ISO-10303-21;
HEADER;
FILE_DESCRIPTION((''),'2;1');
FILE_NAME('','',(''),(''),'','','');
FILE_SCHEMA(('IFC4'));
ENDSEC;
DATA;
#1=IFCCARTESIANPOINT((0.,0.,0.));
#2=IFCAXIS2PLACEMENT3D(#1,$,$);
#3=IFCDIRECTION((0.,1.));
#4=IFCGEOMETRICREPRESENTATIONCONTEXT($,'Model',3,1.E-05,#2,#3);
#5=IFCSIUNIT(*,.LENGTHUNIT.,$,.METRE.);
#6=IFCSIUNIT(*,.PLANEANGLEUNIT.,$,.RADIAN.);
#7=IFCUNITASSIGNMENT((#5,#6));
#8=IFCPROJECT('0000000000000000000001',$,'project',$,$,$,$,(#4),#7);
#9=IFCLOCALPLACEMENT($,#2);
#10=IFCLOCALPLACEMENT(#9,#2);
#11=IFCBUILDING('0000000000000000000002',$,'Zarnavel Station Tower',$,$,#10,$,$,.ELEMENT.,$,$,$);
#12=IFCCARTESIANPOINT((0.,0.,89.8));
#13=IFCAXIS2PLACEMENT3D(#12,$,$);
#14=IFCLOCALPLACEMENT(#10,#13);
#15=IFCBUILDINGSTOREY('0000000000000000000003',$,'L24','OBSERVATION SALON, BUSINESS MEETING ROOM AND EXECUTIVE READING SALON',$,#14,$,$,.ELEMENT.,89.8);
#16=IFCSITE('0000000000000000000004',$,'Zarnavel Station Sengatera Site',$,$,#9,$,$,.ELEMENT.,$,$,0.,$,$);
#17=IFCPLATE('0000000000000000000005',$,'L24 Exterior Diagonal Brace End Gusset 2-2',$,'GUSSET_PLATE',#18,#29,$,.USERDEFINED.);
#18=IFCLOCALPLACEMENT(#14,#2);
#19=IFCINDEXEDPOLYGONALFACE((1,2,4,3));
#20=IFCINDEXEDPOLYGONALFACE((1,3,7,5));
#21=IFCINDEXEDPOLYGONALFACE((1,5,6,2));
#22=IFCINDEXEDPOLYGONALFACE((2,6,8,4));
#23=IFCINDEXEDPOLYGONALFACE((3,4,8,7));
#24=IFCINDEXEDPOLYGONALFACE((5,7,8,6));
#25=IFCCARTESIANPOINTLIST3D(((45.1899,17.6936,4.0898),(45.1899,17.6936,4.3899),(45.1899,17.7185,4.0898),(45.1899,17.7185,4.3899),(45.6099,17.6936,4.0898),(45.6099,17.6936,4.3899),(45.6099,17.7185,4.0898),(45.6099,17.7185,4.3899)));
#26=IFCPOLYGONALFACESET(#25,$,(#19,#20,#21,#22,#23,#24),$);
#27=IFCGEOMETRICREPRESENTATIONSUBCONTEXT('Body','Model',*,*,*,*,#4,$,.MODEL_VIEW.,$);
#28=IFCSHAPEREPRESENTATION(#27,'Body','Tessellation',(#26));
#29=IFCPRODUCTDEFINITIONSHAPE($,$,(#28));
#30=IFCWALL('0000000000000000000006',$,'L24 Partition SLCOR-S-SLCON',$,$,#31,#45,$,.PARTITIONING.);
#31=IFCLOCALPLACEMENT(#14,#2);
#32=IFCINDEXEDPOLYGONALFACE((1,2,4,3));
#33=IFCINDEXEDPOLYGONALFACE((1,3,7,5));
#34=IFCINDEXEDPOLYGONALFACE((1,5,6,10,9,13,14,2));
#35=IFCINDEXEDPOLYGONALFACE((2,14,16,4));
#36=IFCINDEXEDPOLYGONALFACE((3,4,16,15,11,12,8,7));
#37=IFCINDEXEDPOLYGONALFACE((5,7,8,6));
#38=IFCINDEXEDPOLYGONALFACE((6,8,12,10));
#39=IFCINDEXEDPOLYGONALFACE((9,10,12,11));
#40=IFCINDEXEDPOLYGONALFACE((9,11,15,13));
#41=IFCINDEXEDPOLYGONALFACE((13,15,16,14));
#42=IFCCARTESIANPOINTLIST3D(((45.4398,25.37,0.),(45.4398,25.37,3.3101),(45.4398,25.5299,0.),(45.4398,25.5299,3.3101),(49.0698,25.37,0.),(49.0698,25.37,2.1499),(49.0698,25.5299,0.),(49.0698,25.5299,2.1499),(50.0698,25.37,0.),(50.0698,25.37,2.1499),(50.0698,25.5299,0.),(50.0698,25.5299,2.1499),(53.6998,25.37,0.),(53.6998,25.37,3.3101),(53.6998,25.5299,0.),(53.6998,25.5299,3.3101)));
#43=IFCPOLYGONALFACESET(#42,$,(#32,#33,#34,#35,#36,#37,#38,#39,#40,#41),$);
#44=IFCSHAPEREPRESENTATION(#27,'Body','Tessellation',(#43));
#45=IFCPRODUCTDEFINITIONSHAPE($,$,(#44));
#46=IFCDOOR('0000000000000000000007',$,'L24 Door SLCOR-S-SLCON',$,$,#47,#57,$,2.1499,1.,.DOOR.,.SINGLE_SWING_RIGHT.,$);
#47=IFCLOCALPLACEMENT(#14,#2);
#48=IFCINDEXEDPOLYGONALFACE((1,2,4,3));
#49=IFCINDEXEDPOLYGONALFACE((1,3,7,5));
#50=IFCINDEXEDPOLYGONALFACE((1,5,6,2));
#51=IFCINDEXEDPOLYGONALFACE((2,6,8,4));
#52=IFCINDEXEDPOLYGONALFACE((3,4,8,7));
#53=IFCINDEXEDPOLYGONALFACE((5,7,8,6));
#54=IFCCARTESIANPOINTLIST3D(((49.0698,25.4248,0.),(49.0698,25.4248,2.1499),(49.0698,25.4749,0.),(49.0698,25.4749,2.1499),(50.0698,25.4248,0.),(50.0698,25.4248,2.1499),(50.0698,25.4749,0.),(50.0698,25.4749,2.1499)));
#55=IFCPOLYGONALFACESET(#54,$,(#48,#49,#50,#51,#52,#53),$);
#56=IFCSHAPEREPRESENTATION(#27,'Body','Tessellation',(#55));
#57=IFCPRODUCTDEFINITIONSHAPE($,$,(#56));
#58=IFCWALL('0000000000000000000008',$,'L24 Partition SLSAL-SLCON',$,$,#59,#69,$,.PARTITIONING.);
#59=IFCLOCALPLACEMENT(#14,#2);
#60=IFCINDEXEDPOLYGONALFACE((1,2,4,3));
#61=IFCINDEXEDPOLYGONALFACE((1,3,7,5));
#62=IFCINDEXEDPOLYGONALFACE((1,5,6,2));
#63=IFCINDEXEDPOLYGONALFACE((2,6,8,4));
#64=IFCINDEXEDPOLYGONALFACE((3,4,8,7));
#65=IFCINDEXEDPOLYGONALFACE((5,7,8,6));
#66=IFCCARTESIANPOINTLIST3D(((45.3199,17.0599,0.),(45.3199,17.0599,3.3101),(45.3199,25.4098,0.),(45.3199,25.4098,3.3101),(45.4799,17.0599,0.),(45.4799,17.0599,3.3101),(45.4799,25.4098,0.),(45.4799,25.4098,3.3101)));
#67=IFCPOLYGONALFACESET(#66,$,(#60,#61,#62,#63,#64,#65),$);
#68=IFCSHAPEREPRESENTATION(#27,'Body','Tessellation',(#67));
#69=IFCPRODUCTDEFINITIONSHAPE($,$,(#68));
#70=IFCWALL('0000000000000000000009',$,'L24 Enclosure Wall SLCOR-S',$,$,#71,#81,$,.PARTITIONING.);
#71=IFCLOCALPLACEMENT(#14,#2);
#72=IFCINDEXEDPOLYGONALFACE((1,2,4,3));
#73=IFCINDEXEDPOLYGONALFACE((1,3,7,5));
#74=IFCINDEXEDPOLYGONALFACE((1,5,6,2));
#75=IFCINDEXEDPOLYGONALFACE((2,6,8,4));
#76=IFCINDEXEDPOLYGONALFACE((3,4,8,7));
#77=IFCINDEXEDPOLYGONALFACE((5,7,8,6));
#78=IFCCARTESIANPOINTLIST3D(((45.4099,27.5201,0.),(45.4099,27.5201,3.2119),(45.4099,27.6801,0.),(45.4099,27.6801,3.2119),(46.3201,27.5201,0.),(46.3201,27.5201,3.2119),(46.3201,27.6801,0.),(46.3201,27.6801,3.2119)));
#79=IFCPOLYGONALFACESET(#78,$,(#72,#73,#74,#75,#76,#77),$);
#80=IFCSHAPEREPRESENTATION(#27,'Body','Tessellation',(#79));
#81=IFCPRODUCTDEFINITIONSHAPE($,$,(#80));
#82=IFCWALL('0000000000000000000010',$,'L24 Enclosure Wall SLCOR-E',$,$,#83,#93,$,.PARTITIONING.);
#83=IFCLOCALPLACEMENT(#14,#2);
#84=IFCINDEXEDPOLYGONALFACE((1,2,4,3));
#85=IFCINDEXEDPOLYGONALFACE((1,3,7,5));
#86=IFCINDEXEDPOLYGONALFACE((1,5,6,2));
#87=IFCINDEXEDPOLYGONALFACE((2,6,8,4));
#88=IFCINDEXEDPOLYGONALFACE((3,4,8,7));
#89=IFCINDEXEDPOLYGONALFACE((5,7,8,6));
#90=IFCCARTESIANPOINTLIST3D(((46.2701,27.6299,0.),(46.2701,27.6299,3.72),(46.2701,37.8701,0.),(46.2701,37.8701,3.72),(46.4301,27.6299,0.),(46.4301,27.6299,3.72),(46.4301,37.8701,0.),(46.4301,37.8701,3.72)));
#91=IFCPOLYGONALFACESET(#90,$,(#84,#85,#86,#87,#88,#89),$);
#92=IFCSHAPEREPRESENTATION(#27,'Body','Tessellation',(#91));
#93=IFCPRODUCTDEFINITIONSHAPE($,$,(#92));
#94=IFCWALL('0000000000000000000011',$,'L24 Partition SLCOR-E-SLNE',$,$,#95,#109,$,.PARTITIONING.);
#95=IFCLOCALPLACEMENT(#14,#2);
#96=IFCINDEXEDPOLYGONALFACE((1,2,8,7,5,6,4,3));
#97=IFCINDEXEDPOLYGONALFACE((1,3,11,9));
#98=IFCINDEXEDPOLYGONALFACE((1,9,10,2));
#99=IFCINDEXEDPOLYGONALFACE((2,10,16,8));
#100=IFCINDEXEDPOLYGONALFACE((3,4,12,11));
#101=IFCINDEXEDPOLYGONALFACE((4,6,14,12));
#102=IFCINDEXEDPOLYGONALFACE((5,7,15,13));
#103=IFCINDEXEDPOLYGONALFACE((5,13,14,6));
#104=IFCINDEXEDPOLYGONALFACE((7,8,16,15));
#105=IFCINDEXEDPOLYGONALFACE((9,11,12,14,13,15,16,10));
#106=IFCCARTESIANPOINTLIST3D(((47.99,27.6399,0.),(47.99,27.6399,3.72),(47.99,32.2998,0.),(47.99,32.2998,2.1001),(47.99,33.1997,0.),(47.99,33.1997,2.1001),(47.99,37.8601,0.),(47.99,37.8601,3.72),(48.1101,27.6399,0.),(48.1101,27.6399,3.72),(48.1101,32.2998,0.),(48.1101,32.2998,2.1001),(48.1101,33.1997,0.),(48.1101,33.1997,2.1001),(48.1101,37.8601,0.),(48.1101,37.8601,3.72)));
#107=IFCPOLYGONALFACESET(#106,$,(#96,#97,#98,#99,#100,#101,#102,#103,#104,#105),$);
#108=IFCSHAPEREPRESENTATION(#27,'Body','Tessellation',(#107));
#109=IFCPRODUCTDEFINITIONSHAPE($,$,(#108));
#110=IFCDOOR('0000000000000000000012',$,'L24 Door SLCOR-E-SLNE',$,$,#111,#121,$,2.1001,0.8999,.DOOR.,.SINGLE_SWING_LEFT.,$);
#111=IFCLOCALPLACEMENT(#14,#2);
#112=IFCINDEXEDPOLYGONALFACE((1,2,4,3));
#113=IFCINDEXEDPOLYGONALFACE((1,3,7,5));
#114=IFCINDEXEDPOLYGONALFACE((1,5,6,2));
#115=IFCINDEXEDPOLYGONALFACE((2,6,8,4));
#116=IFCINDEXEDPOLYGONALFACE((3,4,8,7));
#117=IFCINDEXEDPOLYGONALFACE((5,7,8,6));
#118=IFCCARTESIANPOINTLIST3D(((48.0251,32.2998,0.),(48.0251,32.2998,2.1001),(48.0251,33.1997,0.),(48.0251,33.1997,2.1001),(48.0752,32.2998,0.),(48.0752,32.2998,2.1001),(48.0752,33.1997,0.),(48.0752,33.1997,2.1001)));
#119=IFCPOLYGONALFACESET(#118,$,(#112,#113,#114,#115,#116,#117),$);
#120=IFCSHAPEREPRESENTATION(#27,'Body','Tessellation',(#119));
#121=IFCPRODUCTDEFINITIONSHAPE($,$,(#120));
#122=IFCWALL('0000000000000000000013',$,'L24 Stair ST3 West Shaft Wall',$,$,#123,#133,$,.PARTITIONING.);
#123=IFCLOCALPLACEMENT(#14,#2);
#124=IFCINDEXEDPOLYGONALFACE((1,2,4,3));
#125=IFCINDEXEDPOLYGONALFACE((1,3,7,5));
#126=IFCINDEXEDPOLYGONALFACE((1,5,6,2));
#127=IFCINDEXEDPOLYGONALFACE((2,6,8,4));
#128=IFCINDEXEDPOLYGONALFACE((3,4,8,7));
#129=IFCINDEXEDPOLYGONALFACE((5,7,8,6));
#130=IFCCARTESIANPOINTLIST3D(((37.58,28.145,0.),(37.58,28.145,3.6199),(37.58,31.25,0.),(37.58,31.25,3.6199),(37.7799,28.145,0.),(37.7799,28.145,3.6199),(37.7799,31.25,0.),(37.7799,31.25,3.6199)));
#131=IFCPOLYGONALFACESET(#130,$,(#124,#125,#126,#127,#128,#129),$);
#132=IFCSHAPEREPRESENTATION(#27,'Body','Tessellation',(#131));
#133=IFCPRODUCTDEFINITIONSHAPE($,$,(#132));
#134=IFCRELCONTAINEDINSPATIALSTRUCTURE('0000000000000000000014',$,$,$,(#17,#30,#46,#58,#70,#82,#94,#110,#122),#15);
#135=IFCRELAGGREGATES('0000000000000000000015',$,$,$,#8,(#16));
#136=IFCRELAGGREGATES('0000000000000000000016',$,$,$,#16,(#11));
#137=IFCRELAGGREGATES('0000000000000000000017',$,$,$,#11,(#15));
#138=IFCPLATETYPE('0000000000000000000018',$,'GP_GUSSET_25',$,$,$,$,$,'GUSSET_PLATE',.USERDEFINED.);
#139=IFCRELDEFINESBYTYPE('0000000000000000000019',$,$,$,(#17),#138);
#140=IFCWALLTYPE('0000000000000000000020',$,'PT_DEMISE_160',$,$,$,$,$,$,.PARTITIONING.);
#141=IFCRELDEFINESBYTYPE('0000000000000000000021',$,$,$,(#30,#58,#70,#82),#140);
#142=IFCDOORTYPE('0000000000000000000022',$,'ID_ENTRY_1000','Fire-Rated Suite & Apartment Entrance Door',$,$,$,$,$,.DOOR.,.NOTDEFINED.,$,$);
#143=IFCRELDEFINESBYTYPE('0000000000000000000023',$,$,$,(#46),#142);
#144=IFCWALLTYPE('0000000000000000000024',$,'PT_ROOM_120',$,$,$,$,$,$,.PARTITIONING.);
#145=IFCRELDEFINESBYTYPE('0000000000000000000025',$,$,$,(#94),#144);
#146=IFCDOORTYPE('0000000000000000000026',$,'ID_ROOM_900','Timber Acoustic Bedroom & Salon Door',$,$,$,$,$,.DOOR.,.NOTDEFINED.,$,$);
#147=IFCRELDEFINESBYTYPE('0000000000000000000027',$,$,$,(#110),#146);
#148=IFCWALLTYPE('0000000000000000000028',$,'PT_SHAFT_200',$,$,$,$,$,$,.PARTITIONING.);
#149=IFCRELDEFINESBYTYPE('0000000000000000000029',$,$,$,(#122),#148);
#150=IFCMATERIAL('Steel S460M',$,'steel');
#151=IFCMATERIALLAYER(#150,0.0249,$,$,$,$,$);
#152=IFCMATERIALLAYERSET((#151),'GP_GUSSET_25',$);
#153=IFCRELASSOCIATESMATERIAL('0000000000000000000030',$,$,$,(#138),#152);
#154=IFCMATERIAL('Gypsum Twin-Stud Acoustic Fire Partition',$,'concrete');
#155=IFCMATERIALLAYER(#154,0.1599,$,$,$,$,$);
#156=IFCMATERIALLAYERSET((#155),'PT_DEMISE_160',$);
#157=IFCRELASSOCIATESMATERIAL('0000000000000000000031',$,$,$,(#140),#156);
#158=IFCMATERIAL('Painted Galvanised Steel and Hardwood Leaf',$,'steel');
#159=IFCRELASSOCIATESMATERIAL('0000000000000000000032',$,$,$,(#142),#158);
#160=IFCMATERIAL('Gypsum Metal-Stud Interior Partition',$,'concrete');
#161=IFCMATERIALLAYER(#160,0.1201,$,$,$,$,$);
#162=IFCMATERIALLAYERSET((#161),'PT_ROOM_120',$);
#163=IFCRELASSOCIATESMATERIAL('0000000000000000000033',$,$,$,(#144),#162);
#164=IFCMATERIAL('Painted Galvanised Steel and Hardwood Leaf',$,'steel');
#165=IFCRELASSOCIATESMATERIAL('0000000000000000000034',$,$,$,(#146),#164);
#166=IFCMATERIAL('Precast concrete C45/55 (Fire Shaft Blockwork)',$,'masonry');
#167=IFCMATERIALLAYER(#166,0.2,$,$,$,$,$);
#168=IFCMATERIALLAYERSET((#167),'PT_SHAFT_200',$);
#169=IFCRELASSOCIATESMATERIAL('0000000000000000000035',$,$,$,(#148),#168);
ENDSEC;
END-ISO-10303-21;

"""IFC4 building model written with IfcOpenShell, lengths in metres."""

from ifc_helpers import new_model, si_unit, direction, frame, frame_2d, origin, origin_2d, place, context, subcontext, project, spatial, rectangle, extrude, material, layer, layer_set, type_object, element, fill, save


model = new_model("IFC4")

# Units and contexts
model_context = context("Model", 3, precision=1e-05, world=origin(), true_north=direction((0.0, 1.0)))
body_context = subcontext(model_context, "Body", "Model", "MODEL_VIEW")
ifc_project = project(units=[si_unit("LENGTHUNIT", "METRE"), si_unit("PLANEANGLEUNIT", "RADIAN")], contexts=[model_context])

# Site, building, storey
site_placement = place(None, origin())
site = spatial("IfcSite", under=ifc_project, at=site_placement, Name="Zarnavel Station Sengatera Site", CompositionType="ELEMENT", RefElevation=0.0)
building_placement = place(site_placement, origin())
building = spatial("IfcBuilding", under=site, at=building_placement, Name="Zarnavel Station Tower", CompositionType="ELEMENT")
storey_placement = place(building_placement, frame((0.0, 0.0, 89.8)))
storey = spatial("IfcBuildingStorey", under=building, at=storey_placement, Name="L24", Description="OBSERVATION SALON, BUSINESS MEETING ROOM AND EXECUTIVE READING SALON", CompositionType="ELEMENT", Elevation=89.8)

# Plate
ifc_material_1 = material(Name="Steel S460M", Category="steel")
ifc_layer_1 = layer(ifc_material_1, 0.0249)
ifc_layer_set_1 = layer_set([ifc_layer_1], Name="GP_GUSSET_25")
plate_type = type_object("IfcPlateType", Name="GP_GUSSET_25", ElementType="GUSSET_PLATE", PredefinedType="USERDEFINED", material=ifc_layer_set_1)
plate_placement = place(storey_placement, frame((45.3999, 17.7061, 4.0898), z_axis=(0.0, 0.0, 1.0), x_axis=(1.0, 0.0, 0.0)))
element("IfcPlate", 1, at=plate_placement, inside=storey, type_object=plate_type, Name="L24 Exterior Diagonal Brace End Gusset 2-2", ObjectType="GUSSET_PLATE", PredefinedType="USERDEFINED", context=body_context, shape_type="SweptSolid", body=[
    extrude(rectangle(XDim=0.4199, YDim=0.0249, at=origin_2d()), origin(), (0.0, 0.0, 1.0), 0.3),
])

# Wall, opening, door
ifc_material_2 = material(Name="Gypsum Twin-Stud Acoustic Fire Partition", Category="concrete")
ifc_layer_2 = layer(ifc_material_2, 0.1599)
ifc_layer_set_2 = layer_set([ifc_layer_2], Name="PT_DEMISE_160")
wall_type_1 = type_object("IfcWallType", Name="PT_DEMISE_160", PredefinedType="PARTITIONING", material=ifc_layer_set_2)
wall_1_placement = place(storey_placement, frame((45.4399, 25.45, 0.0), z_axis=(0.0, 0.0, 1.0), x_axis=(1.0, 0.0, 0.0)))
wall_1 = element("IfcWall", 2, at=wall_1_placement, inside=storey, type_object=wall_type_1, Name="L24 Partition SLCOR-S-SLCON", PredefinedType="PARTITIONING", context=body_context, shape_type="SweptSolid", body=[
    extrude(rectangle(XDim=8.26, YDim=0.1599, at=frame_2d((4.1299, 0.0))), origin(), (0.0, 0.0, 1.0), 3.3101),
])
opening_1_placement = place(wall_1_placement, frame((3.6299, 0.0, 0.0)))
opening_1 = element("IfcOpeningElement", 3, at=opening_1_placement, cuts=wall_1, PredefinedType="OPENING", context=body_context, shape_type="SweptSolid", body=[
    extrude(rectangle(XDim=1.0, YDim=2.1499, at=frame_2d((0.5, 1.075))), frame((0.0, 0.0898, 0.0), z_axis=(0.0, -1.0, 0.0), x_axis=(1.0, 0.0, 0.0)), (0.0, 0.0, 1.0), 0.1799),
])
ifc_material_3 = material(Name="Painted Galvanised Steel and Hardwood Leaf", Category="steel")
door_type_1 = type_object("IfcDoorType", Name="ID_ENTRY_1000", Description="Fire-Rated Suite & Apartment Entrance Door", OperationType="NOTDEFINED", PredefinedType="DOOR", material=ifc_material_3)
door_1_placement = place(opening_1_placement, origin())
door_1 = element("IfcDoor", 4, at=door_1_placement, inside=storey, type_object=door_type_1, Name="L24 Door SLCOR-S-SLCON", OperationType="SINGLE_SWING_RIGHT", OverallHeight=2.1499, OverallWidth=1.0, PredefinedType="DOOR", context=body_context, shape_type="SweptSolid", body=[
    extrude(rectangle(XDim=1.0, YDim=2.1499, at=frame_2d((0.5, 1.075))), frame((0.0, 0.0249, 0.0), z_axis=(0.0, -1.0, 0.0), x_axis=(1.0, 0.0, 0.0)), (0.0, 0.0, 1.0), 0.05),
])
fill(opening_1, door_1)

# Walls
wall_2_placement = place(storey_placement, frame((45.3999, 17.0601, 0.0), z_axis=(0.0, 0.0, 1.0), x_axis=(0.0, 1.0, 0.0)))
element("IfcWall", 5, at=wall_2_placement, inside=storey, type_object=wall_type_1, Name="L24 Partition SLSAL-SLCON", PredefinedType="PARTITIONING", context=body_context, shape_type="SweptSolid", body=[
    extrude(rectangle(XDim=8.3499, YDim=0.1599, at=frame_2d((4.1748, 0.0))), origin(), (0.0, 0.0, 1.0), 3.3101),
])
wall_3_placement = place(storey_placement, frame((45.4099, 27.6001, 0.0), z_axis=(0.0, 0.0, 1.0), x_axis=(1.0, 0.0, 0.0)))
element("IfcWall", 6, at=wall_3_placement, inside=storey, type_object=wall_type_1, Name="L24 Enclosure Wall SLCOR-S", PredefinedType="PARTITIONING", context=body_context, shape_type="SweptSolid", body=[
    extrude(rectangle(XDim=0.9102, YDim=0.1599, at=frame_2d((0.4551, 0.0))), origin(), (0.0, 0.0, 1.0), 3.2119),
])
wall_4_placement = place(storey_placement, frame((46.3501, 27.6299, 0.0), z_axis=(0.0, 0.0, 1.0), x_axis=(0.0, 1.0, 0.0)))
element("IfcWall", 7, at=wall_4_placement, inside=storey, type_object=wall_type_1, Name="L24 Enclosure Wall SLCOR-E", PredefinedType="PARTITIONING", context=body_context, shape_type="SweptSolid", body=[
    extrude(rectangle(XDim=10.2402, YDim=0.1599, at=frame_2d((5.1201, 0.0))), origin(), (0.0, 0.0, 1.0), 3.72),
])

# Wall, opening, door
ifc_material_4 = material(Name="Gypsum Metal-Stud Interior Partition", Category="concrete")
ifc_layer_3 = layer(ifc_material_4, 0.1201)
ifc_layer_set_3 = layer_set([ifc_layer_3], Name="PT_ROOM_120")
wall_type_2 = type_object("IfcWallType", Name="PT_ROOM_120", PredefinedType="PARTITIONING", material=ifc_layer_set_3)
wall_5_placement = place(storey_placement, frame((48.05, 27.6399, 0.0), z_axis=(0.0, 0.0, 1.0), x_axis=(0.0, 1.0, 0.0)))
wall_5 = element("IfcWall", 8, at=wall_5_placement, inside=storey, type_object=wall_type_2, Name="L24 Partition SLCOR-E-SLNE", PredefinedType="PARTITIONING", context=body_context, shape_type="SweptSolid", body=[
    extrude(rectangle(XDim=10.2202, YDim=0.1201, at=frame_2d((5.1101, 0.0))), origin(), (0.0, 0.0, 1.0), 3.72),
])
opening_2_placement = place(wall_5_placement, frame((4.6599, 0.0, 0.0)))
opening_2 = element("IfcOpeningElement", 9, at=opening_2_placement, cuts=wall_5, PredefinedType="OPENING", context=body_context, shape_type="SweptSolid", body=[
    extrude(rectangle(XDim=0.8999, YDim=2.1001, at=frame_2d((0.45, 1.05))), frame((0.0, 0.0701, 0.0), z_axis=(0.0, -1.0, 0.0), x_axis=(1.0, 0.0, 0.0)), (0.0, 0.0, 1.0), 0.1401),
])
ifc_material_5 = material(Name="Painted Galvanised Steel and Hardwood Leaf", Category="steel")
door_type_2 = type_object("IfcDoorType", Name="ID_ROOM_900", Description="Timber Acoustic Bedroom & Salon Door", OperationType="NOTDEFINED", PredefinedType="DOOR", material=ifc_material_5)
door_2_placement = place(opening_2_placement, origin())
door_2 = element("IfcDoor", 10, at=door_2_placement, inside=storey, type_object=door_type_2, Name="L24 Door SLCOR-E-SLNE", OperationType="SINGLE_SWING_LEFT", OverallHeight=2.1001, OverallWidth=0.8999, PredefinedType="DOOR", context=body_context, shape_type="SweptSolid", body=[
    extrude(rectangle(XDim=0.8999, YDim=2.1001, at=frame_2d((0.45, 1.05))), frame((0.0, 0.0249, 0.0), z_axis=(0.0, -1.0, 0.0), x_axis=(1.0, 0.0, 0.0)), (0.0, 0.0, 1.0), 0.05),
])
fill(opening_2, door_2)

# Wall
ifc_material_6 = material(Name="Precast concrete C45/55 (Fire Shaft Blockwork)", Category="masonry")
ifc_layer_4 = layer(ifc_material_6, 0.2)
ifc_layer_set_4 = layer_set([ifc_layer_4], Name="PT_SHAFT_200")
wall_type_3 = type_object("IfcWallType", Name="PT_SHAFT_200", PredefinedType="PARTITIONING", material=ifc_layer_set_4)
wall_6_placement = place(storey_placement, frame((37.6799, 28.145, 0.0), z_axis=(0.0, 0.0, 1.0), x_axis=(0.0, 1.0, 0.0)))
element("IfcWall", 11, at=wall_6_placement, inside=storey, type_object=wall_type_3, Name="L24 Stair ST3 West Shaft Wall", PredefinedType="PARTITIONING", context=body_context, shape_type="SweptSolid", body=[
    extrude(rectangle(XDim=3.105, YDim=0.2, at=frame_2d((1.5525, 0.0))), origin(), (0.0, 0.0, 1.0), 3.6199),
])

save(model, "model.ifc")
